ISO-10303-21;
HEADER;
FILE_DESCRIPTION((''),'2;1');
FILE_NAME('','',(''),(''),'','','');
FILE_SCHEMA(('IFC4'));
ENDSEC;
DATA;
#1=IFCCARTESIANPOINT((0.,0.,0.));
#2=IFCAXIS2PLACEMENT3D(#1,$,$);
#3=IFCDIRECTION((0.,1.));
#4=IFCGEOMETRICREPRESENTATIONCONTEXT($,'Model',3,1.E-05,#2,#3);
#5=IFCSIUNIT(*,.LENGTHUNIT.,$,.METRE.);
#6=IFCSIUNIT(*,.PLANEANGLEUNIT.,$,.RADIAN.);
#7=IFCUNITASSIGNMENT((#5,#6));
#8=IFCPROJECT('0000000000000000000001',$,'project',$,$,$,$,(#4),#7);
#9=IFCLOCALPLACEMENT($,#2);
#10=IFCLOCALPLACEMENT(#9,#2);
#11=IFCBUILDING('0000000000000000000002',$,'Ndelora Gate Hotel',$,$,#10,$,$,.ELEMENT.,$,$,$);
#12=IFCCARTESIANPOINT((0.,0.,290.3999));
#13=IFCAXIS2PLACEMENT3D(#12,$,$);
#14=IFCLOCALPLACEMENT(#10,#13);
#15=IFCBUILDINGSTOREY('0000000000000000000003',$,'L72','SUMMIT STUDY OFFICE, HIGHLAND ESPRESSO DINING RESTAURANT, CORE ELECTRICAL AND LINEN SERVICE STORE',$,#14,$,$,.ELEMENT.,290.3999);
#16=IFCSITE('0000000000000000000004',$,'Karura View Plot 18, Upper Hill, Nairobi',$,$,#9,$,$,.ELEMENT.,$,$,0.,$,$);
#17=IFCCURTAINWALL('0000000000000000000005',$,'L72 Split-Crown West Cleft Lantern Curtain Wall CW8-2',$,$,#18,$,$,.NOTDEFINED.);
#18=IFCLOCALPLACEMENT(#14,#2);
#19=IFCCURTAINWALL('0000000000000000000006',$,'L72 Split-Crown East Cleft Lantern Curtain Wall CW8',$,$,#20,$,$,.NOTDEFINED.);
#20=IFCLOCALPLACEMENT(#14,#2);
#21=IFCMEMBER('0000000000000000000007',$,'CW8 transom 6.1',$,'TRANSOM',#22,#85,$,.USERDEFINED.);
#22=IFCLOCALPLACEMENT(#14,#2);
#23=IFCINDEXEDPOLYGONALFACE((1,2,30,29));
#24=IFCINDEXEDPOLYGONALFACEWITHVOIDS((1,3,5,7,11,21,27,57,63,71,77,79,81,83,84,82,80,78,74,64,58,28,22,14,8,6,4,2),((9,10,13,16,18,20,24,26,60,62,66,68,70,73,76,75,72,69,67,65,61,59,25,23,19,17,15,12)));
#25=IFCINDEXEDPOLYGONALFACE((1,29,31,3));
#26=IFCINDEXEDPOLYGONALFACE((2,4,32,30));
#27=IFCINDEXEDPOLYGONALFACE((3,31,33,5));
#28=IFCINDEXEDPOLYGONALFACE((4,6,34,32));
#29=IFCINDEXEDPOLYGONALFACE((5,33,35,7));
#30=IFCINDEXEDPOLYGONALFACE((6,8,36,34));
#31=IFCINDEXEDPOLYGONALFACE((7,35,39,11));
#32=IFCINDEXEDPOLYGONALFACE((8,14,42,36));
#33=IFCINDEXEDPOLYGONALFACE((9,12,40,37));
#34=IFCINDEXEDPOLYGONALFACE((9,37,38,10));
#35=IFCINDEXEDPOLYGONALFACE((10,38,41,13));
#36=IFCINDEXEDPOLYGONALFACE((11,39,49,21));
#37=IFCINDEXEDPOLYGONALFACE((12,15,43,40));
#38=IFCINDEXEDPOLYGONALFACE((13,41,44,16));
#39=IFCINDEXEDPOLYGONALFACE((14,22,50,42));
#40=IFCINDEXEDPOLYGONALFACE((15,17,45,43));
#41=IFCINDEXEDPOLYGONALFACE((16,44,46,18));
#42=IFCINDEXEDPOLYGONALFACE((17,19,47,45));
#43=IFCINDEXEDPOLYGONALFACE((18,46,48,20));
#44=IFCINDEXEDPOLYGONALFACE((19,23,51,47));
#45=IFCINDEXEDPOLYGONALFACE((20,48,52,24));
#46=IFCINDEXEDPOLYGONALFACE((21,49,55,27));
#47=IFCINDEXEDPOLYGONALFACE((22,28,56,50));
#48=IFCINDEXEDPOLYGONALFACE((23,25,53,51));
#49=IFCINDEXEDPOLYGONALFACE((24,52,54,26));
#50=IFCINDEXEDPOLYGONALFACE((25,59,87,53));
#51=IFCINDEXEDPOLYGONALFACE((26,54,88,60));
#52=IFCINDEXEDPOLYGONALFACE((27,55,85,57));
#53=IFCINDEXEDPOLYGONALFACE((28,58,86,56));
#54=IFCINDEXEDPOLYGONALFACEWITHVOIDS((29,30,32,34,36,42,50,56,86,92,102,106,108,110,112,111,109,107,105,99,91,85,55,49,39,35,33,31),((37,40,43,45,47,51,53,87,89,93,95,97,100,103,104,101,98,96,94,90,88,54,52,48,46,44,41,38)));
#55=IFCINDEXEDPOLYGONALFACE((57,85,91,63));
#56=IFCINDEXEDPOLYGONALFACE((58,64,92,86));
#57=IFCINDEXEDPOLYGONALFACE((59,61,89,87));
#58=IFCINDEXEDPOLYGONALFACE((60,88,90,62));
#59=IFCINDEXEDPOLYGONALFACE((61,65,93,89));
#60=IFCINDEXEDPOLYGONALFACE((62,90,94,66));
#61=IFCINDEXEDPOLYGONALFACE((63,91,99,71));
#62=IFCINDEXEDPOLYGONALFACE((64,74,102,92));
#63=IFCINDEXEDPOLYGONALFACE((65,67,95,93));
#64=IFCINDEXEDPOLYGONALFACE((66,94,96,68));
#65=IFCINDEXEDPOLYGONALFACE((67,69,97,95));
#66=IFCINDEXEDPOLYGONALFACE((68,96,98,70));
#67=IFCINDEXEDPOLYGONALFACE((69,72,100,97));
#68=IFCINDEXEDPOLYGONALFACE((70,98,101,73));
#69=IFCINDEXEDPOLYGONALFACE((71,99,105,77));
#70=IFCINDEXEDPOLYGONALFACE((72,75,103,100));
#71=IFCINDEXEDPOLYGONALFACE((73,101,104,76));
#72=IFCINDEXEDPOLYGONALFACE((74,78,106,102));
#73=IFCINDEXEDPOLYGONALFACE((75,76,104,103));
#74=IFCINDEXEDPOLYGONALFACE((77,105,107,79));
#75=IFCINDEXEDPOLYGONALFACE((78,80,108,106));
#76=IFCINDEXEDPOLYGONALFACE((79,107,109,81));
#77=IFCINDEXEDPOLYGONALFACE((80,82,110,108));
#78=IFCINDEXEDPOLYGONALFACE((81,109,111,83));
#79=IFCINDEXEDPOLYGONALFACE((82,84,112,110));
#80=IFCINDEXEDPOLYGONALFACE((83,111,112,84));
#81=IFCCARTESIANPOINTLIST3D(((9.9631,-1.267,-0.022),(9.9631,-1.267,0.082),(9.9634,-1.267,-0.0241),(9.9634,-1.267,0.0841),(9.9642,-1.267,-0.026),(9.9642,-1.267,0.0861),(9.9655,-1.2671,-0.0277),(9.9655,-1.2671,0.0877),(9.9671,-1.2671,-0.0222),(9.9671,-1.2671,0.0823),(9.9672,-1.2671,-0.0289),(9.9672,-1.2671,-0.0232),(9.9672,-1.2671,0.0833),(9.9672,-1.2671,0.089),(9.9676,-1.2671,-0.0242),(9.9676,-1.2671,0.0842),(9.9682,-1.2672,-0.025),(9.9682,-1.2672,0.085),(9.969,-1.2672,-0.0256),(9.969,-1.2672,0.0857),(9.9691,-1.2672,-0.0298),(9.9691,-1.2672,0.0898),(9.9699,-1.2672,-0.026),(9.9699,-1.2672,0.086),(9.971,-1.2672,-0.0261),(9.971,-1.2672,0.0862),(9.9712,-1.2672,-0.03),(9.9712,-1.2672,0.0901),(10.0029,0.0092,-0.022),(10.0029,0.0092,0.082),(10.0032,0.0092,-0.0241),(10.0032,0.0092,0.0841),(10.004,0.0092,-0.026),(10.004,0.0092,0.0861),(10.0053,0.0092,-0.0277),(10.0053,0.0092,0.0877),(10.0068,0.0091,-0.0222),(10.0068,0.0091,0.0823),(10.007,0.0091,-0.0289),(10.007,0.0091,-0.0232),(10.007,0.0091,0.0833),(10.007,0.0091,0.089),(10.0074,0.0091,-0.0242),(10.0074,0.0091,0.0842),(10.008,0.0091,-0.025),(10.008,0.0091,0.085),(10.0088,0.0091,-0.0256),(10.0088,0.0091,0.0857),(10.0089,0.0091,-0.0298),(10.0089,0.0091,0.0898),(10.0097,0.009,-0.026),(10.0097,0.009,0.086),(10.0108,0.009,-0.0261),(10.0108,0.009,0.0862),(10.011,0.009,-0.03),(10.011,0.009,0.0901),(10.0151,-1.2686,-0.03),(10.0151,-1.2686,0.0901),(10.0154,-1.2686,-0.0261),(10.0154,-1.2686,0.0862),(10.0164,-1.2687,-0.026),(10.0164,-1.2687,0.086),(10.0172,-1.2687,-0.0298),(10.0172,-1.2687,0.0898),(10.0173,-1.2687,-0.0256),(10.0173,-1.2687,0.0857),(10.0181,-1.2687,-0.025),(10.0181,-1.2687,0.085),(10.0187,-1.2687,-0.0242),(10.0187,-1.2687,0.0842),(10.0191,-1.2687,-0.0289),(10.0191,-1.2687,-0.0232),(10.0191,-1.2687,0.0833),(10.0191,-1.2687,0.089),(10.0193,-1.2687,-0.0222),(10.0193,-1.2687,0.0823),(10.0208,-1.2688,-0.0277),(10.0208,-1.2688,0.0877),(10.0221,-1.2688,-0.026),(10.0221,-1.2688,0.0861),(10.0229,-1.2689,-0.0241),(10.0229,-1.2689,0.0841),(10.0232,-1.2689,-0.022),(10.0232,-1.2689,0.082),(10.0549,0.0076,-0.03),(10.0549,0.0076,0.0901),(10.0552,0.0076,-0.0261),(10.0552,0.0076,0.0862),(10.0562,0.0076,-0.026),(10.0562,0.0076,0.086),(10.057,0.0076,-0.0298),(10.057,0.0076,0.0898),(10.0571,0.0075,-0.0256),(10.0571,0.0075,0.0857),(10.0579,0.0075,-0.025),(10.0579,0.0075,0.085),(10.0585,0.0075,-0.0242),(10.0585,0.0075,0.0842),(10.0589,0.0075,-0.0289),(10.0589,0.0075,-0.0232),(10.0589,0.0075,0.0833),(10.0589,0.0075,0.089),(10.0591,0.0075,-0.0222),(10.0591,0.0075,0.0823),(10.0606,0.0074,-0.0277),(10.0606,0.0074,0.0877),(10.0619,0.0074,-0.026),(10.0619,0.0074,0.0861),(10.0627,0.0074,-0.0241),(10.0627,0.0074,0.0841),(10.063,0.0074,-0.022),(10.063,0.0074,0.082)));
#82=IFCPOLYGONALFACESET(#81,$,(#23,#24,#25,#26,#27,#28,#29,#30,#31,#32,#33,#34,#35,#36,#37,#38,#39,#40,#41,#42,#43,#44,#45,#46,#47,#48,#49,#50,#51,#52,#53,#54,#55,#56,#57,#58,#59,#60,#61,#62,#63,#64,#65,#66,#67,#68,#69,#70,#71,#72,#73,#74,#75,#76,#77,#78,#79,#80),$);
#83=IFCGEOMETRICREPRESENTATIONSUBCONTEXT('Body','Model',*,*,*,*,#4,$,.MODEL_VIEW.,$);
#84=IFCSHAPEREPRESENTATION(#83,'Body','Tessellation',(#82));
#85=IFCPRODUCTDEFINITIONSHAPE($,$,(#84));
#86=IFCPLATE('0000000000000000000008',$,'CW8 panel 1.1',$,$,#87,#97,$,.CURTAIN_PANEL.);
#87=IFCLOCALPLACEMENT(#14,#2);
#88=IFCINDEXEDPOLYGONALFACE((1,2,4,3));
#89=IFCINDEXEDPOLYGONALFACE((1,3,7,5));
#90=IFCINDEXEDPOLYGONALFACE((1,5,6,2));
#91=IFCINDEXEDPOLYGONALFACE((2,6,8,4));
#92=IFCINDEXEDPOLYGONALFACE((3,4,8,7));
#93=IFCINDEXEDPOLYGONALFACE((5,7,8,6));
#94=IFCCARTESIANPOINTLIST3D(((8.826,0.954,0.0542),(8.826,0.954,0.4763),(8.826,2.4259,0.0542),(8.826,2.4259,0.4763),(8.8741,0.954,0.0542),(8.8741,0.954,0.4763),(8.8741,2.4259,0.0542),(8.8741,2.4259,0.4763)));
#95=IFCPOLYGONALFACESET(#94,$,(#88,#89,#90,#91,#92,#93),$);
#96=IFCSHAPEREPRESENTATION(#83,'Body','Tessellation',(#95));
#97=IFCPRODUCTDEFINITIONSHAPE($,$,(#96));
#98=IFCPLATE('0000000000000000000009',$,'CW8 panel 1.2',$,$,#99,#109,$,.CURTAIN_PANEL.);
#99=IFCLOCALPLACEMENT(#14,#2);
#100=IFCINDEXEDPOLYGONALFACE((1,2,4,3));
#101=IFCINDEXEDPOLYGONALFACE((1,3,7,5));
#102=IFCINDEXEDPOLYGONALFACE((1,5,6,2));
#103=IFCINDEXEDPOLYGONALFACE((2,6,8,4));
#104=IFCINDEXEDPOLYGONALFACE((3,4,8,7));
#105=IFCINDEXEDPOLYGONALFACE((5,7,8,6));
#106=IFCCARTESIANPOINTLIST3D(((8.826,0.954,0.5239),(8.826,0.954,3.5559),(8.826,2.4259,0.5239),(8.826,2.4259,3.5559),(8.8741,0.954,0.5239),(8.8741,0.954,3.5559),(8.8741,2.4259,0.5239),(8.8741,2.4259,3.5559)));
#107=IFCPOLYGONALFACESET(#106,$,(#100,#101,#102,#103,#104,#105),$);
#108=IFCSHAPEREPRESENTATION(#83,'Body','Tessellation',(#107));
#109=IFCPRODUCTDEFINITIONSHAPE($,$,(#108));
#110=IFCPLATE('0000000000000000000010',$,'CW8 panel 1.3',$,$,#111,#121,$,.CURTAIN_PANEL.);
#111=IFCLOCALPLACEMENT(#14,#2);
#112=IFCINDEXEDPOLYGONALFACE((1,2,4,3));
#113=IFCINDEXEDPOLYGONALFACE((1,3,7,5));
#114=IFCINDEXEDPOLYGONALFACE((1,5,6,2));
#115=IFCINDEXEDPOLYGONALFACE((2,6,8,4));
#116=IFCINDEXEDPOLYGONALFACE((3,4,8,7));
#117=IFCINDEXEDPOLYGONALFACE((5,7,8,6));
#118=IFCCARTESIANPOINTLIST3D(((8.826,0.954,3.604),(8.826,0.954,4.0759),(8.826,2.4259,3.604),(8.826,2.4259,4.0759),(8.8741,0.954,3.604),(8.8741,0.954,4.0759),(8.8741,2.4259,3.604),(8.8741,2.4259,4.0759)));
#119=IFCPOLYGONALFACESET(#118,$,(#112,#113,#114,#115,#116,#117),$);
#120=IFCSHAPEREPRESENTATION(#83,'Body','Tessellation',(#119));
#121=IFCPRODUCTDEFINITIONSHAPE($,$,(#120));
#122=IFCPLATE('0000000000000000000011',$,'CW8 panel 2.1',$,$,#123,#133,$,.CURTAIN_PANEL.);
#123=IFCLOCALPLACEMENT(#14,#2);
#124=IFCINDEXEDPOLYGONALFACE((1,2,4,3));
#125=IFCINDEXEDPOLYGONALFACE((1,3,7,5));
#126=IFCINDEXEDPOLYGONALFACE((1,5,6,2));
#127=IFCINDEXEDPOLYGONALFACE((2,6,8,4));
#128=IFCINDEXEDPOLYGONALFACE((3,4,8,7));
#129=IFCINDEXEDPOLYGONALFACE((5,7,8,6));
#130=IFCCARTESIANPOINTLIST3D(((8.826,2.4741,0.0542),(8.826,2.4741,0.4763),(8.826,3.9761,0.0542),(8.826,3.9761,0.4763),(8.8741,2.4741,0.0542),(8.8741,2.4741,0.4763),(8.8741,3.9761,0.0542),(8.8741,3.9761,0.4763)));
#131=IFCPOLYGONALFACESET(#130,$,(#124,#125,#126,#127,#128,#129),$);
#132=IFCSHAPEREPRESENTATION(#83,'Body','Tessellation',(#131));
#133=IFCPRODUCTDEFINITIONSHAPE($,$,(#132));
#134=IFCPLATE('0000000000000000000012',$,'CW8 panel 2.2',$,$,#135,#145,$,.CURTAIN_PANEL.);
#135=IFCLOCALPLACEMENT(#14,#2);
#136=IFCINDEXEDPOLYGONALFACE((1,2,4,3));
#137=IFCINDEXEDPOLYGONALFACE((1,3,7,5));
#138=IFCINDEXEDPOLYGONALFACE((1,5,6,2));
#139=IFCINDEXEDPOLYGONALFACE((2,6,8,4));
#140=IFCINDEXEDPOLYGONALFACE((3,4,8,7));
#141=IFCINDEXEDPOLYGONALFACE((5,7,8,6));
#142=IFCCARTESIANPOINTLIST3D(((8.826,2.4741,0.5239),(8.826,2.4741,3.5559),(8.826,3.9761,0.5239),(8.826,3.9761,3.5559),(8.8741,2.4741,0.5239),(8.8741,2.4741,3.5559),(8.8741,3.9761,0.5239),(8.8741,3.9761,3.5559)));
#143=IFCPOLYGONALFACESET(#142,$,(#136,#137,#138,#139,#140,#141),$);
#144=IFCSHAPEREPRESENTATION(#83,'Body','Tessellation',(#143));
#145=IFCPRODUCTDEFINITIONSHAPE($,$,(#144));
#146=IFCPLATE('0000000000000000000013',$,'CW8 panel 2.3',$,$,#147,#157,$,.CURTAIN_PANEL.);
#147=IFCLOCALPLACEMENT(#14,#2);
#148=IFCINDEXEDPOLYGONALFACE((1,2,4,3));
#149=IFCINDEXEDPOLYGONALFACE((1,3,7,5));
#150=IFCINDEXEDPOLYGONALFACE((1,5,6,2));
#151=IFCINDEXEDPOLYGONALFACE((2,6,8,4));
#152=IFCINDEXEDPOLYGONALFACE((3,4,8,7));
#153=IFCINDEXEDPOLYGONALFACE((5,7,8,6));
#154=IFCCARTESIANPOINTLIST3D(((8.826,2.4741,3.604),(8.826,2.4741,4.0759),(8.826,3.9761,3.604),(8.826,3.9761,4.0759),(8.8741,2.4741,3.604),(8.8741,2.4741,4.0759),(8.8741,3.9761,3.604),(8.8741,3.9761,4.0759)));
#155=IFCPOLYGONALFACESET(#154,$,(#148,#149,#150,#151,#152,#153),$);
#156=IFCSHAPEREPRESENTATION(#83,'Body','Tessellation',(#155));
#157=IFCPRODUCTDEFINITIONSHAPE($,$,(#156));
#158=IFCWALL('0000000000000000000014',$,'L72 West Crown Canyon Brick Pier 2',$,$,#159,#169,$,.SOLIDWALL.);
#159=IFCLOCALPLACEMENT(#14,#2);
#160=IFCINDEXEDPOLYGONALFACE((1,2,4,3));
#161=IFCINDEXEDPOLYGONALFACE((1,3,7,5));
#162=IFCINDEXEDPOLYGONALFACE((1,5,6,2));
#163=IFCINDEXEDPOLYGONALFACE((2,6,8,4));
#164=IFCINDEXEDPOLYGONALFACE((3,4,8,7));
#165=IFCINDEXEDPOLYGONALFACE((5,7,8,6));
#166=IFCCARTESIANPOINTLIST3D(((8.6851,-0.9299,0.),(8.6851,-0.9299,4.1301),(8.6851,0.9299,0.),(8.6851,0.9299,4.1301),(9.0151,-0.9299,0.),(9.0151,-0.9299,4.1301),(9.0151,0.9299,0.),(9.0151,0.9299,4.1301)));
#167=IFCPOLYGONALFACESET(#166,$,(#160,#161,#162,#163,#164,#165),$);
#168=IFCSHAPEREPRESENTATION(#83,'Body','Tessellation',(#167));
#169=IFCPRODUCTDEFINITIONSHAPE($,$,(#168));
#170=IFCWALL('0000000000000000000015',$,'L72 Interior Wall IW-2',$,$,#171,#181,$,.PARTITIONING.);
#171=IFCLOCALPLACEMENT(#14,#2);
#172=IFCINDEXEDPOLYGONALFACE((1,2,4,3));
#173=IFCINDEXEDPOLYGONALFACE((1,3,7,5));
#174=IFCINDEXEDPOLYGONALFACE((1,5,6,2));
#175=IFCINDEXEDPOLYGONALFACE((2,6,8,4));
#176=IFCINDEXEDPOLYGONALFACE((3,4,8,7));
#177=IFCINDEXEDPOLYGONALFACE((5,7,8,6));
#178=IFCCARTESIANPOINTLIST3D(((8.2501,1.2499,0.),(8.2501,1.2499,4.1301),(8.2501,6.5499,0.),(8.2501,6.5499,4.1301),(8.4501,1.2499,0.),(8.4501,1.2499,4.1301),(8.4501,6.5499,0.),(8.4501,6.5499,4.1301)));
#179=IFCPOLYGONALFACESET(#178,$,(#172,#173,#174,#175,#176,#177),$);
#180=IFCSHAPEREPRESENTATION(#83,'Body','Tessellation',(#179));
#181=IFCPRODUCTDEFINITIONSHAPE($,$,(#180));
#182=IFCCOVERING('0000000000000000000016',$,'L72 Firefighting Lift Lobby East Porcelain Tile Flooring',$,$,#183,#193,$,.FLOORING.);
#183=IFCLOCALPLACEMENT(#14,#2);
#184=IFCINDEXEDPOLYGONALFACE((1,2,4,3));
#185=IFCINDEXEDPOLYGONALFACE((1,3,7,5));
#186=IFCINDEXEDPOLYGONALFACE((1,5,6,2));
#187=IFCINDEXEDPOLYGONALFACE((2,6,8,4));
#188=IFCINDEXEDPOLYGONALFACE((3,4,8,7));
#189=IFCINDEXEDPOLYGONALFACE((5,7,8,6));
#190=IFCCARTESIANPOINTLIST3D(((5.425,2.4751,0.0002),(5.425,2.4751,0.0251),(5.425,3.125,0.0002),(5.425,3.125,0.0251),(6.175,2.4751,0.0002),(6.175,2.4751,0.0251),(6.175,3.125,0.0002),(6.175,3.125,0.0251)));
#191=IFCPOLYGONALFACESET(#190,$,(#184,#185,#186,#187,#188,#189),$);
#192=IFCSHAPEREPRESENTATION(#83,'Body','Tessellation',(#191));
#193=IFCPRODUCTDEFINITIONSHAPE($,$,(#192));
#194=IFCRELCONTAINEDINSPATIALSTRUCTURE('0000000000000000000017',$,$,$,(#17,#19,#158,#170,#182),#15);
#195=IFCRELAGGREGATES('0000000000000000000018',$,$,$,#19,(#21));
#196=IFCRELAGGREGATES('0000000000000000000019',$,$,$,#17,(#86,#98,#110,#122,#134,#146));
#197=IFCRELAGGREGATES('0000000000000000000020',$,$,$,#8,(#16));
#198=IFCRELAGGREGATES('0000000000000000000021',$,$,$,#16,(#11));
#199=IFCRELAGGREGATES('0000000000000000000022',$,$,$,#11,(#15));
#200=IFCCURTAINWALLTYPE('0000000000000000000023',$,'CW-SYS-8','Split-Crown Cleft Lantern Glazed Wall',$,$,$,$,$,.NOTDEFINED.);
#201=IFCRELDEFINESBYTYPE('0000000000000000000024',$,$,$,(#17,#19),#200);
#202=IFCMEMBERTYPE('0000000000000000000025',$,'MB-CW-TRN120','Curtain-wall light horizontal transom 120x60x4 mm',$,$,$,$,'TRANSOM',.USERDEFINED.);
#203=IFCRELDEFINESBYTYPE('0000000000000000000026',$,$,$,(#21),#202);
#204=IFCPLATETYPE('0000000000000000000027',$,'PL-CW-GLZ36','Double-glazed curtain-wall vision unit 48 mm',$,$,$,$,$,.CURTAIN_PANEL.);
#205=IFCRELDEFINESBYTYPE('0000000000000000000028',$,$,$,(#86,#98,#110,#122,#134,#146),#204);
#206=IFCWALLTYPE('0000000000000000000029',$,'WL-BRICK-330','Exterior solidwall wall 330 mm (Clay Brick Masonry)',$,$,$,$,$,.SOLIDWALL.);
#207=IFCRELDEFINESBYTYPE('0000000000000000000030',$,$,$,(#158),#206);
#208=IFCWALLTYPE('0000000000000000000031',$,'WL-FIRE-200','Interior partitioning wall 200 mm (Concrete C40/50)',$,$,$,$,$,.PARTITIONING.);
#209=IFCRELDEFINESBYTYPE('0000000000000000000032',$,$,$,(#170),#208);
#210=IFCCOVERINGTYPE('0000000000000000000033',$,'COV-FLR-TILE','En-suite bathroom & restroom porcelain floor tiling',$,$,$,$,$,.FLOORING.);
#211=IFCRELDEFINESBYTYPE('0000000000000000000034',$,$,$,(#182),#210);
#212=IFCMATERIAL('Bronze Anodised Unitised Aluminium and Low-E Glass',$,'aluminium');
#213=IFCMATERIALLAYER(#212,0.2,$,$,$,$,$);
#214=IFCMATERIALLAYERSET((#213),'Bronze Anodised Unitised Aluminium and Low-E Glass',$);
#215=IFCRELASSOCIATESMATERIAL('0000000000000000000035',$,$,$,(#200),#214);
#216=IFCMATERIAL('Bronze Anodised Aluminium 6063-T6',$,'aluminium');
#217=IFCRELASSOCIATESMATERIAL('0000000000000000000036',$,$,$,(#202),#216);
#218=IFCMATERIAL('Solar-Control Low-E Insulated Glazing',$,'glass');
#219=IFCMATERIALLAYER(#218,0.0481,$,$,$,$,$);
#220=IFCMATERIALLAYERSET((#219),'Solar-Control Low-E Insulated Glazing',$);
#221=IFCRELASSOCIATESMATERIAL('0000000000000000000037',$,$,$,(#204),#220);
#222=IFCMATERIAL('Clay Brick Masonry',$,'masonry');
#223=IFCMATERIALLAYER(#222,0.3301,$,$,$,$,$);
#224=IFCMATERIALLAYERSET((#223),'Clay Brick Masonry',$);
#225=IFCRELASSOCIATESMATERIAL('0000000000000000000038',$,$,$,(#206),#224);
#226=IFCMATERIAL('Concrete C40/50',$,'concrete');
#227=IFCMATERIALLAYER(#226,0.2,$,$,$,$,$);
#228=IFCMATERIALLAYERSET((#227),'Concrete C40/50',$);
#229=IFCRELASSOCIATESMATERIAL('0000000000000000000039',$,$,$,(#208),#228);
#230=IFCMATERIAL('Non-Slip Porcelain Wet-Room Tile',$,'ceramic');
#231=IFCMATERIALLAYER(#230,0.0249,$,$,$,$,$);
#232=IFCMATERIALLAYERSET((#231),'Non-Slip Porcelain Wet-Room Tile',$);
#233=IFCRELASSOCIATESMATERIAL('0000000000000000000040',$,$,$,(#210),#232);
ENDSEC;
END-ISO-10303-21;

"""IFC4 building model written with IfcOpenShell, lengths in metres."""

from ifc_helpers import new_model, si_unit, direction, frame, frame_2d, origin, origin_2d, place, context, subcontext, project, spatial, rectangle, hollow_rectangle, extrude, material, layer, layer_set, material_profile, profile_set, type_object, element, aggregate, save


model = new_model("IFC4")

# Units and contexts
model_context = context("Model", 3, precision=1e-05, world=origin(), true_north=direction((0.0, 1.0)))
body_context = subcontext(model_context, "Body", "Model", "MODEL_VIEW")
ifc_project = project(units=[si_unit("LENGTHUNIT", "METRE"), si_unit("PLANEANGLEUNIT", "RADIAN")], contexts=[model_context])

# Site, building, storey
site_placement = place(None, origin())
site = spatial("IfcSite", under=ifc_project, at=site_placement, Name="Karura View Plot 18, Upper Hill, Nairobi", CompositionType="ELEMENT", RefElevation=0.0)
building_placement = place(site_placement, origin())
building = spatial("IfcBuilding", under=site, at=building_placement, Name="Ndelora Gate Hotel", CompositionType="ELEMENT")
storey_placement = place(building_placement, frame((0.0, 0.0, 290.3999)))
storey = spatial("IfcBuildingStorey", under=building, at=storey_placement, Name="L72", Description="SUMMIT STUDY OFFICE, HIGHLAND ESPRESSO DINING RESTAURANT, CORE ELECTRICAL AND LINEN SERVICE STORE", CompositionType="ELEMENT", Elevation=290.3999)

# Curtain wall
ifc_material_1 = material(Name="Bronze Anodised Unitised Aluminium and Low-E Glass", Category="aluminium")
ifc_layer_1 = layer(ifc_material_1, 0.2)
ifc_layer_set_1 = layer_set([ifc_layer_1], Name="Bronze Anodised Unitised Aluminium and Low-E Glass")
curtain_wall_type = type_object("IfcCurtainWallType", Name="CW-SYS-8", Description="Split-Crown Cleft Lantern Glazed Wall", PredefinedType="NOTDEFINED", material=ifc_layer_set_1)
curtain_wall_1_placement = place(storey_placement, origin())
curtain_wall_1 = element("IfcCurtainWall", 1, at=curtain_wall_1_placement, inside=storey, type_object=curtain_wall_type, Name="L72 Split-Crown West Cleft Lantern Curtain Wall CW8-2", PredefinedType="NOTDEFINED")
ifc_material_2 = material(Name="Bronze Anodised Aluminium 6063-T6", Category="aluminium")
ifc_material_profile_1 = material_profile(ifc_material_2, hollow_rectangle(XDim=0.0601, YDim=0.1201, WallThickness=0.0039, InnerFilletRadius=0.0039, OuterFilletRadius=0.0081, at=origin_2d()), Name="ALU 120x60x4")
ifc_profile_set_1 = profile_set([ifc_material_profile_1], Name="Bronze Anodised Aluminium 6063-T6")
member_type_1 = type_object("IfcMemberType", Name="MB-CW-TRN120", Description="Curtain-wall light horizontal transom 120x60x4 mm", ElementType="TRANSOM", PredefinedType="USERDEFINED", material=ifc_profile_set_1)

# Curtain wall, member
curtain_wall_2_placement = place(storey_placement, origin())
curtain_wall_2 = element("IfcCurtainWall", 2, at=curtain_wall_2_placement, inside=storey, type_object=curtain_wall_type, Name="L72 Split-Crown East Cleft Lantern Curtain Wall CW8", PredefinedType="NOTDEFINED")
member_1_placement = place(storey_placement, frame((10.033, 0.0083, 0.03), z_axis=(-0.031169, -0.999514, 0.0), x_axis=(0.999514, -0.031169, 0.0)))
member_1 = element("IfcMember", 3, at=member_1_placement, type_object=member_type_1, Name="CW8 transom 6.1", ObjectType="TRANSOM", PredefinedType="USERDEFINED", context=body_context, shape_type="SweptSolid", body=[
    extrude(hollow_rectangle(XDim=0.0601, YDim=0.1201, WallThickness=0.0039, InnerFilletRadius=0.0039, OuterFilletRadius=0.0081, at=origin_2d()), origin(), (0.0, 0.0, 1.0), 1.2769),
])
aggregate(curtain_wall_2, [member_1])

# Plates
ifc_material_3 = material(Name="Solar-Control Low-E Insulated Glazing", Category="glass")
ifc_layer_2 = layer(ifc_material_3, 0.0481)
ifc_layer_set_2 = layer_set([ifc_layer_2], Name="Solar-Control Low-E Insulated Glazing")
plate_type = type_object("IfcPlateType", Name="PL-CW-GLZ36", Description="Double-glazed curtain-wall vision unit 48 mm", PredefinedType="CURTAIN_PANEL", material=ifc_layer_set_2)
plate_1_placement = place(storey_placement, frame((8.8501, 1.6899, 0.0542), z_axis=(0.0, 0.0, 1.0), x_axis=(0.0, 1.0, 0.0)))
plate_1 = element("IfcPlate", 4, at=plate_1_placement, type_object=plate_type, Name="CW8 panel 1.1", PredefinedType="CURTAIN_PANEL", context=body_context, shape_type="SweptSolid", body=[
    extrude(rectangle(XDim=1.4719, YDim=0.0481, at=origin_2d()), origin(), (0.0, 0.0, 1.0), 0.4221),
])
plate_2_placement = place(storey_placement, frame((8.8501, 1.6899, 0.5239), z_axis=(0.0, 0.0, 1.0), x_axis=(0.0, 1.0, 0.0)))
plate_2 = element("IfcPlate", 5, at=plate_2_placement, type_object=plate_type, Name="CW8 panel 1.2", PredefinedType="CURTAIN_PANEL", context=body_context, shape_type="SweptSolid", body=[
    extrude(rectangle(XDim=1.4719, YDim=0.0481, at=origin_2d()), origin(), (0.0, 0.0, 1.0), 3.032),
])
plate_3_placement = place(storey_placement, frame((8.8501, 1.6899, 3.604), z_axis=(0.0, 0.0, 1.0), x_axis=(0.0, 1.0, 0.0)))
plate_3 = element("IfcPlate", 6, at=plate_3_placement, type_object=plate_type, Name="CW8 panel 1.3", PredefinedType="CURTAIN_PANEL", context=body_context, shape_type="SweptSolid", body=[
    extrude(rectangle(XDim=1.4719, YDim=0.0481, at=origin_2d()), origin(), (0.0, 0.0, 1.0), 0.4719),
])
plate_4_placement = place(storey_placement, frame((8.8501, 3.2251, 0.0542), z_axis=(0.0, 0.0, 1.0), x_axis=(0.0, 1.0, 0.0)))
plate_4 = element("IfcPlate", 7, at=plate_4_placement, type_object=plate_type, Name="CW8 panel 2.1", PredefinedType="CURTAIN_PANEL", context=body_context, shape_type="SweptSolid", body=[
    extrude(rectangle(XDim=1.502, YDim=0.0481, at=origin_2d()), origin(), (0.0, 0.0, 1.0), 0.4221),
])
plate_5_placement = place(storey_placement, frame((8.8501, 3.2251, 0.5239), z_axis=(0.0, 0.0, 1.0), x_axis=(0.0, 1.0, 0.0)))
plate_5 = element("IfcPlate", 8, at=plate_5_placement, type_object=plate_type, Name="CW8 panel 2.2", PredefinedType="CURTAIN_PANEL", context=body_context, shape_type="SweptSolid", body=[
    extrude(rectangle(XDim=1.502, YDim=0.0481, at=origin_2d()), origin(), (0.0, 0.0, 1.0), 3.032),
])
plate_6_placement = place(storey_placement, frame((8.8501, 3.2251, 3.604), z_axis=(0.0, 0.0, 1.0), x_axis=(0.0, 1.0, 0.0)))
plate_6 = element("IfcPlate", 9, at=plate_6_placement, type_object=plate_type, Name="CW8 panel 2.3", PredefinedType="CURTAIN_PANEL", context=body_context, shape_type="SweptSolid", body=[
    extrude(rectangle(XDim=1.502, YDim=0.0481, at=origin_2d()), origin(), (0.0, 0.0, 1.0), 0.4719),
])
aggregate(curtain_wall_1, [plate_1, plate_2, plate_3, plate_4, plate_5, plate_6])

# Walls
ifc_material_4 = material(Name="Clay Brick Masonry", Category="masonry")
ifc_layer_3 = layer(ifc_material_4, 0.3301)
ifc_layer_set_3 = layer_set([ifc_layer_3], Name="Clay Brick Masonry")
wall_type_1 = type_object("IfcWallType", Name="WL-BRICK-330", Description="Exterior solidwall wall 330 mm (Clay Brick Masonry)", PredefinedType="SOLIDWALL", material=ifc_layer_set_3)
wall_1_placement = place(storey_placement, frame((8.8501, 0.9299, 0.0), z_axis=(0.0, 0.0, 1.0), x_axis=(0.0, -1.0, 0.0)))
element("IfcWall", 10, at=wall_1_placement, inside=storey, type_object=wall_type_1, Name="L72 West Crown Canyon Brick Pier 2", PredefinedType="SOLIDWALL", context=body_context, shape_type="SweptSolid", body=[
    extrude(rectangle(XDim=1.8599, YDim=0.3301, at=frame_2d((0.9299, 0.0))), origin(), (0.0, 0.0, 1.0), 4.1301),
])
ifc_material_5 = material(Name="Concrete C40/50", Category="concrete")
ifc_layer_4 = layer(ifc_material_5, 0.2)
ifc_layer_set_4 = layer_set([ifc_layer_4], Name="Concrete C40/50")
wall_type_2 = type_object("IfcWallType", Name="WL-FIRE-200", Description="Interior partitioning wall 200 mm (Concrete C40/50)", PredefinedType="PARTITIONING", material=ifc_layer_set_4)
wall_2_placement = place(storey_placement, frame((8.3501, 1.25, 0.0), z_axis=(0.0, 0.0, 1.0), x_axis=(0.0, 1.0, 0.0)))
element("IfcWall", 11, at=wall_2_placement, inside=storey, type_object=wall_type_2, Name="L72 Interior Wall IW-2", PredefinedType="PARTITIONING", context=body_context, shape_type="SweptSolid", body=[
    extrude(rectangle(XDim=5.3, YDim=0.2, at=frame_2d((2.6499, 0.0))), origin(), (0.0, 0.0, 1.0), 4.1301),
])

# Covering
ifc_material_6 = material(Name="Non-Slip Porcelain Wet-Room Tile", Category="ceramic")
ifc_layer_5 = layer(ifc_material_6, 0.0249)
ifc_layer_set_5 = layer_set([ifc_layer_5], Name="Non-Slip Porcelain Wet-Room Tile")
covering_type = type_object("IfcCoveringType", Name="COV-FLR-TILE", Description="En-suite bathroom & restroom porcelain floor tiling", PredefinedType="FLOORING", material=ifc_layer_set_5)
covering_placement = place(storey_placement, frame((5.8, 2.8, 0.0002), z_axis=(0.0, 0.0, 1.0), x_axis=(1.0, 0.0, 0.0)))
element("IfcCovering", 12, at=covering_placement, inside=storey, type_object=covering_type, Name="L72 Firefighting Lift Lobby East Porcelain Tile Flooring", PredefinedType="FLOORING", context=body_context, shape_type="SweptSolid", body=[
    extrude(rectangle(XDim=0.75, YDim=0.6499, at=origin_2d()), origin(), (0.0, 0.0, 1.0), 0.0249),
])

save(model, "model.ifc")
